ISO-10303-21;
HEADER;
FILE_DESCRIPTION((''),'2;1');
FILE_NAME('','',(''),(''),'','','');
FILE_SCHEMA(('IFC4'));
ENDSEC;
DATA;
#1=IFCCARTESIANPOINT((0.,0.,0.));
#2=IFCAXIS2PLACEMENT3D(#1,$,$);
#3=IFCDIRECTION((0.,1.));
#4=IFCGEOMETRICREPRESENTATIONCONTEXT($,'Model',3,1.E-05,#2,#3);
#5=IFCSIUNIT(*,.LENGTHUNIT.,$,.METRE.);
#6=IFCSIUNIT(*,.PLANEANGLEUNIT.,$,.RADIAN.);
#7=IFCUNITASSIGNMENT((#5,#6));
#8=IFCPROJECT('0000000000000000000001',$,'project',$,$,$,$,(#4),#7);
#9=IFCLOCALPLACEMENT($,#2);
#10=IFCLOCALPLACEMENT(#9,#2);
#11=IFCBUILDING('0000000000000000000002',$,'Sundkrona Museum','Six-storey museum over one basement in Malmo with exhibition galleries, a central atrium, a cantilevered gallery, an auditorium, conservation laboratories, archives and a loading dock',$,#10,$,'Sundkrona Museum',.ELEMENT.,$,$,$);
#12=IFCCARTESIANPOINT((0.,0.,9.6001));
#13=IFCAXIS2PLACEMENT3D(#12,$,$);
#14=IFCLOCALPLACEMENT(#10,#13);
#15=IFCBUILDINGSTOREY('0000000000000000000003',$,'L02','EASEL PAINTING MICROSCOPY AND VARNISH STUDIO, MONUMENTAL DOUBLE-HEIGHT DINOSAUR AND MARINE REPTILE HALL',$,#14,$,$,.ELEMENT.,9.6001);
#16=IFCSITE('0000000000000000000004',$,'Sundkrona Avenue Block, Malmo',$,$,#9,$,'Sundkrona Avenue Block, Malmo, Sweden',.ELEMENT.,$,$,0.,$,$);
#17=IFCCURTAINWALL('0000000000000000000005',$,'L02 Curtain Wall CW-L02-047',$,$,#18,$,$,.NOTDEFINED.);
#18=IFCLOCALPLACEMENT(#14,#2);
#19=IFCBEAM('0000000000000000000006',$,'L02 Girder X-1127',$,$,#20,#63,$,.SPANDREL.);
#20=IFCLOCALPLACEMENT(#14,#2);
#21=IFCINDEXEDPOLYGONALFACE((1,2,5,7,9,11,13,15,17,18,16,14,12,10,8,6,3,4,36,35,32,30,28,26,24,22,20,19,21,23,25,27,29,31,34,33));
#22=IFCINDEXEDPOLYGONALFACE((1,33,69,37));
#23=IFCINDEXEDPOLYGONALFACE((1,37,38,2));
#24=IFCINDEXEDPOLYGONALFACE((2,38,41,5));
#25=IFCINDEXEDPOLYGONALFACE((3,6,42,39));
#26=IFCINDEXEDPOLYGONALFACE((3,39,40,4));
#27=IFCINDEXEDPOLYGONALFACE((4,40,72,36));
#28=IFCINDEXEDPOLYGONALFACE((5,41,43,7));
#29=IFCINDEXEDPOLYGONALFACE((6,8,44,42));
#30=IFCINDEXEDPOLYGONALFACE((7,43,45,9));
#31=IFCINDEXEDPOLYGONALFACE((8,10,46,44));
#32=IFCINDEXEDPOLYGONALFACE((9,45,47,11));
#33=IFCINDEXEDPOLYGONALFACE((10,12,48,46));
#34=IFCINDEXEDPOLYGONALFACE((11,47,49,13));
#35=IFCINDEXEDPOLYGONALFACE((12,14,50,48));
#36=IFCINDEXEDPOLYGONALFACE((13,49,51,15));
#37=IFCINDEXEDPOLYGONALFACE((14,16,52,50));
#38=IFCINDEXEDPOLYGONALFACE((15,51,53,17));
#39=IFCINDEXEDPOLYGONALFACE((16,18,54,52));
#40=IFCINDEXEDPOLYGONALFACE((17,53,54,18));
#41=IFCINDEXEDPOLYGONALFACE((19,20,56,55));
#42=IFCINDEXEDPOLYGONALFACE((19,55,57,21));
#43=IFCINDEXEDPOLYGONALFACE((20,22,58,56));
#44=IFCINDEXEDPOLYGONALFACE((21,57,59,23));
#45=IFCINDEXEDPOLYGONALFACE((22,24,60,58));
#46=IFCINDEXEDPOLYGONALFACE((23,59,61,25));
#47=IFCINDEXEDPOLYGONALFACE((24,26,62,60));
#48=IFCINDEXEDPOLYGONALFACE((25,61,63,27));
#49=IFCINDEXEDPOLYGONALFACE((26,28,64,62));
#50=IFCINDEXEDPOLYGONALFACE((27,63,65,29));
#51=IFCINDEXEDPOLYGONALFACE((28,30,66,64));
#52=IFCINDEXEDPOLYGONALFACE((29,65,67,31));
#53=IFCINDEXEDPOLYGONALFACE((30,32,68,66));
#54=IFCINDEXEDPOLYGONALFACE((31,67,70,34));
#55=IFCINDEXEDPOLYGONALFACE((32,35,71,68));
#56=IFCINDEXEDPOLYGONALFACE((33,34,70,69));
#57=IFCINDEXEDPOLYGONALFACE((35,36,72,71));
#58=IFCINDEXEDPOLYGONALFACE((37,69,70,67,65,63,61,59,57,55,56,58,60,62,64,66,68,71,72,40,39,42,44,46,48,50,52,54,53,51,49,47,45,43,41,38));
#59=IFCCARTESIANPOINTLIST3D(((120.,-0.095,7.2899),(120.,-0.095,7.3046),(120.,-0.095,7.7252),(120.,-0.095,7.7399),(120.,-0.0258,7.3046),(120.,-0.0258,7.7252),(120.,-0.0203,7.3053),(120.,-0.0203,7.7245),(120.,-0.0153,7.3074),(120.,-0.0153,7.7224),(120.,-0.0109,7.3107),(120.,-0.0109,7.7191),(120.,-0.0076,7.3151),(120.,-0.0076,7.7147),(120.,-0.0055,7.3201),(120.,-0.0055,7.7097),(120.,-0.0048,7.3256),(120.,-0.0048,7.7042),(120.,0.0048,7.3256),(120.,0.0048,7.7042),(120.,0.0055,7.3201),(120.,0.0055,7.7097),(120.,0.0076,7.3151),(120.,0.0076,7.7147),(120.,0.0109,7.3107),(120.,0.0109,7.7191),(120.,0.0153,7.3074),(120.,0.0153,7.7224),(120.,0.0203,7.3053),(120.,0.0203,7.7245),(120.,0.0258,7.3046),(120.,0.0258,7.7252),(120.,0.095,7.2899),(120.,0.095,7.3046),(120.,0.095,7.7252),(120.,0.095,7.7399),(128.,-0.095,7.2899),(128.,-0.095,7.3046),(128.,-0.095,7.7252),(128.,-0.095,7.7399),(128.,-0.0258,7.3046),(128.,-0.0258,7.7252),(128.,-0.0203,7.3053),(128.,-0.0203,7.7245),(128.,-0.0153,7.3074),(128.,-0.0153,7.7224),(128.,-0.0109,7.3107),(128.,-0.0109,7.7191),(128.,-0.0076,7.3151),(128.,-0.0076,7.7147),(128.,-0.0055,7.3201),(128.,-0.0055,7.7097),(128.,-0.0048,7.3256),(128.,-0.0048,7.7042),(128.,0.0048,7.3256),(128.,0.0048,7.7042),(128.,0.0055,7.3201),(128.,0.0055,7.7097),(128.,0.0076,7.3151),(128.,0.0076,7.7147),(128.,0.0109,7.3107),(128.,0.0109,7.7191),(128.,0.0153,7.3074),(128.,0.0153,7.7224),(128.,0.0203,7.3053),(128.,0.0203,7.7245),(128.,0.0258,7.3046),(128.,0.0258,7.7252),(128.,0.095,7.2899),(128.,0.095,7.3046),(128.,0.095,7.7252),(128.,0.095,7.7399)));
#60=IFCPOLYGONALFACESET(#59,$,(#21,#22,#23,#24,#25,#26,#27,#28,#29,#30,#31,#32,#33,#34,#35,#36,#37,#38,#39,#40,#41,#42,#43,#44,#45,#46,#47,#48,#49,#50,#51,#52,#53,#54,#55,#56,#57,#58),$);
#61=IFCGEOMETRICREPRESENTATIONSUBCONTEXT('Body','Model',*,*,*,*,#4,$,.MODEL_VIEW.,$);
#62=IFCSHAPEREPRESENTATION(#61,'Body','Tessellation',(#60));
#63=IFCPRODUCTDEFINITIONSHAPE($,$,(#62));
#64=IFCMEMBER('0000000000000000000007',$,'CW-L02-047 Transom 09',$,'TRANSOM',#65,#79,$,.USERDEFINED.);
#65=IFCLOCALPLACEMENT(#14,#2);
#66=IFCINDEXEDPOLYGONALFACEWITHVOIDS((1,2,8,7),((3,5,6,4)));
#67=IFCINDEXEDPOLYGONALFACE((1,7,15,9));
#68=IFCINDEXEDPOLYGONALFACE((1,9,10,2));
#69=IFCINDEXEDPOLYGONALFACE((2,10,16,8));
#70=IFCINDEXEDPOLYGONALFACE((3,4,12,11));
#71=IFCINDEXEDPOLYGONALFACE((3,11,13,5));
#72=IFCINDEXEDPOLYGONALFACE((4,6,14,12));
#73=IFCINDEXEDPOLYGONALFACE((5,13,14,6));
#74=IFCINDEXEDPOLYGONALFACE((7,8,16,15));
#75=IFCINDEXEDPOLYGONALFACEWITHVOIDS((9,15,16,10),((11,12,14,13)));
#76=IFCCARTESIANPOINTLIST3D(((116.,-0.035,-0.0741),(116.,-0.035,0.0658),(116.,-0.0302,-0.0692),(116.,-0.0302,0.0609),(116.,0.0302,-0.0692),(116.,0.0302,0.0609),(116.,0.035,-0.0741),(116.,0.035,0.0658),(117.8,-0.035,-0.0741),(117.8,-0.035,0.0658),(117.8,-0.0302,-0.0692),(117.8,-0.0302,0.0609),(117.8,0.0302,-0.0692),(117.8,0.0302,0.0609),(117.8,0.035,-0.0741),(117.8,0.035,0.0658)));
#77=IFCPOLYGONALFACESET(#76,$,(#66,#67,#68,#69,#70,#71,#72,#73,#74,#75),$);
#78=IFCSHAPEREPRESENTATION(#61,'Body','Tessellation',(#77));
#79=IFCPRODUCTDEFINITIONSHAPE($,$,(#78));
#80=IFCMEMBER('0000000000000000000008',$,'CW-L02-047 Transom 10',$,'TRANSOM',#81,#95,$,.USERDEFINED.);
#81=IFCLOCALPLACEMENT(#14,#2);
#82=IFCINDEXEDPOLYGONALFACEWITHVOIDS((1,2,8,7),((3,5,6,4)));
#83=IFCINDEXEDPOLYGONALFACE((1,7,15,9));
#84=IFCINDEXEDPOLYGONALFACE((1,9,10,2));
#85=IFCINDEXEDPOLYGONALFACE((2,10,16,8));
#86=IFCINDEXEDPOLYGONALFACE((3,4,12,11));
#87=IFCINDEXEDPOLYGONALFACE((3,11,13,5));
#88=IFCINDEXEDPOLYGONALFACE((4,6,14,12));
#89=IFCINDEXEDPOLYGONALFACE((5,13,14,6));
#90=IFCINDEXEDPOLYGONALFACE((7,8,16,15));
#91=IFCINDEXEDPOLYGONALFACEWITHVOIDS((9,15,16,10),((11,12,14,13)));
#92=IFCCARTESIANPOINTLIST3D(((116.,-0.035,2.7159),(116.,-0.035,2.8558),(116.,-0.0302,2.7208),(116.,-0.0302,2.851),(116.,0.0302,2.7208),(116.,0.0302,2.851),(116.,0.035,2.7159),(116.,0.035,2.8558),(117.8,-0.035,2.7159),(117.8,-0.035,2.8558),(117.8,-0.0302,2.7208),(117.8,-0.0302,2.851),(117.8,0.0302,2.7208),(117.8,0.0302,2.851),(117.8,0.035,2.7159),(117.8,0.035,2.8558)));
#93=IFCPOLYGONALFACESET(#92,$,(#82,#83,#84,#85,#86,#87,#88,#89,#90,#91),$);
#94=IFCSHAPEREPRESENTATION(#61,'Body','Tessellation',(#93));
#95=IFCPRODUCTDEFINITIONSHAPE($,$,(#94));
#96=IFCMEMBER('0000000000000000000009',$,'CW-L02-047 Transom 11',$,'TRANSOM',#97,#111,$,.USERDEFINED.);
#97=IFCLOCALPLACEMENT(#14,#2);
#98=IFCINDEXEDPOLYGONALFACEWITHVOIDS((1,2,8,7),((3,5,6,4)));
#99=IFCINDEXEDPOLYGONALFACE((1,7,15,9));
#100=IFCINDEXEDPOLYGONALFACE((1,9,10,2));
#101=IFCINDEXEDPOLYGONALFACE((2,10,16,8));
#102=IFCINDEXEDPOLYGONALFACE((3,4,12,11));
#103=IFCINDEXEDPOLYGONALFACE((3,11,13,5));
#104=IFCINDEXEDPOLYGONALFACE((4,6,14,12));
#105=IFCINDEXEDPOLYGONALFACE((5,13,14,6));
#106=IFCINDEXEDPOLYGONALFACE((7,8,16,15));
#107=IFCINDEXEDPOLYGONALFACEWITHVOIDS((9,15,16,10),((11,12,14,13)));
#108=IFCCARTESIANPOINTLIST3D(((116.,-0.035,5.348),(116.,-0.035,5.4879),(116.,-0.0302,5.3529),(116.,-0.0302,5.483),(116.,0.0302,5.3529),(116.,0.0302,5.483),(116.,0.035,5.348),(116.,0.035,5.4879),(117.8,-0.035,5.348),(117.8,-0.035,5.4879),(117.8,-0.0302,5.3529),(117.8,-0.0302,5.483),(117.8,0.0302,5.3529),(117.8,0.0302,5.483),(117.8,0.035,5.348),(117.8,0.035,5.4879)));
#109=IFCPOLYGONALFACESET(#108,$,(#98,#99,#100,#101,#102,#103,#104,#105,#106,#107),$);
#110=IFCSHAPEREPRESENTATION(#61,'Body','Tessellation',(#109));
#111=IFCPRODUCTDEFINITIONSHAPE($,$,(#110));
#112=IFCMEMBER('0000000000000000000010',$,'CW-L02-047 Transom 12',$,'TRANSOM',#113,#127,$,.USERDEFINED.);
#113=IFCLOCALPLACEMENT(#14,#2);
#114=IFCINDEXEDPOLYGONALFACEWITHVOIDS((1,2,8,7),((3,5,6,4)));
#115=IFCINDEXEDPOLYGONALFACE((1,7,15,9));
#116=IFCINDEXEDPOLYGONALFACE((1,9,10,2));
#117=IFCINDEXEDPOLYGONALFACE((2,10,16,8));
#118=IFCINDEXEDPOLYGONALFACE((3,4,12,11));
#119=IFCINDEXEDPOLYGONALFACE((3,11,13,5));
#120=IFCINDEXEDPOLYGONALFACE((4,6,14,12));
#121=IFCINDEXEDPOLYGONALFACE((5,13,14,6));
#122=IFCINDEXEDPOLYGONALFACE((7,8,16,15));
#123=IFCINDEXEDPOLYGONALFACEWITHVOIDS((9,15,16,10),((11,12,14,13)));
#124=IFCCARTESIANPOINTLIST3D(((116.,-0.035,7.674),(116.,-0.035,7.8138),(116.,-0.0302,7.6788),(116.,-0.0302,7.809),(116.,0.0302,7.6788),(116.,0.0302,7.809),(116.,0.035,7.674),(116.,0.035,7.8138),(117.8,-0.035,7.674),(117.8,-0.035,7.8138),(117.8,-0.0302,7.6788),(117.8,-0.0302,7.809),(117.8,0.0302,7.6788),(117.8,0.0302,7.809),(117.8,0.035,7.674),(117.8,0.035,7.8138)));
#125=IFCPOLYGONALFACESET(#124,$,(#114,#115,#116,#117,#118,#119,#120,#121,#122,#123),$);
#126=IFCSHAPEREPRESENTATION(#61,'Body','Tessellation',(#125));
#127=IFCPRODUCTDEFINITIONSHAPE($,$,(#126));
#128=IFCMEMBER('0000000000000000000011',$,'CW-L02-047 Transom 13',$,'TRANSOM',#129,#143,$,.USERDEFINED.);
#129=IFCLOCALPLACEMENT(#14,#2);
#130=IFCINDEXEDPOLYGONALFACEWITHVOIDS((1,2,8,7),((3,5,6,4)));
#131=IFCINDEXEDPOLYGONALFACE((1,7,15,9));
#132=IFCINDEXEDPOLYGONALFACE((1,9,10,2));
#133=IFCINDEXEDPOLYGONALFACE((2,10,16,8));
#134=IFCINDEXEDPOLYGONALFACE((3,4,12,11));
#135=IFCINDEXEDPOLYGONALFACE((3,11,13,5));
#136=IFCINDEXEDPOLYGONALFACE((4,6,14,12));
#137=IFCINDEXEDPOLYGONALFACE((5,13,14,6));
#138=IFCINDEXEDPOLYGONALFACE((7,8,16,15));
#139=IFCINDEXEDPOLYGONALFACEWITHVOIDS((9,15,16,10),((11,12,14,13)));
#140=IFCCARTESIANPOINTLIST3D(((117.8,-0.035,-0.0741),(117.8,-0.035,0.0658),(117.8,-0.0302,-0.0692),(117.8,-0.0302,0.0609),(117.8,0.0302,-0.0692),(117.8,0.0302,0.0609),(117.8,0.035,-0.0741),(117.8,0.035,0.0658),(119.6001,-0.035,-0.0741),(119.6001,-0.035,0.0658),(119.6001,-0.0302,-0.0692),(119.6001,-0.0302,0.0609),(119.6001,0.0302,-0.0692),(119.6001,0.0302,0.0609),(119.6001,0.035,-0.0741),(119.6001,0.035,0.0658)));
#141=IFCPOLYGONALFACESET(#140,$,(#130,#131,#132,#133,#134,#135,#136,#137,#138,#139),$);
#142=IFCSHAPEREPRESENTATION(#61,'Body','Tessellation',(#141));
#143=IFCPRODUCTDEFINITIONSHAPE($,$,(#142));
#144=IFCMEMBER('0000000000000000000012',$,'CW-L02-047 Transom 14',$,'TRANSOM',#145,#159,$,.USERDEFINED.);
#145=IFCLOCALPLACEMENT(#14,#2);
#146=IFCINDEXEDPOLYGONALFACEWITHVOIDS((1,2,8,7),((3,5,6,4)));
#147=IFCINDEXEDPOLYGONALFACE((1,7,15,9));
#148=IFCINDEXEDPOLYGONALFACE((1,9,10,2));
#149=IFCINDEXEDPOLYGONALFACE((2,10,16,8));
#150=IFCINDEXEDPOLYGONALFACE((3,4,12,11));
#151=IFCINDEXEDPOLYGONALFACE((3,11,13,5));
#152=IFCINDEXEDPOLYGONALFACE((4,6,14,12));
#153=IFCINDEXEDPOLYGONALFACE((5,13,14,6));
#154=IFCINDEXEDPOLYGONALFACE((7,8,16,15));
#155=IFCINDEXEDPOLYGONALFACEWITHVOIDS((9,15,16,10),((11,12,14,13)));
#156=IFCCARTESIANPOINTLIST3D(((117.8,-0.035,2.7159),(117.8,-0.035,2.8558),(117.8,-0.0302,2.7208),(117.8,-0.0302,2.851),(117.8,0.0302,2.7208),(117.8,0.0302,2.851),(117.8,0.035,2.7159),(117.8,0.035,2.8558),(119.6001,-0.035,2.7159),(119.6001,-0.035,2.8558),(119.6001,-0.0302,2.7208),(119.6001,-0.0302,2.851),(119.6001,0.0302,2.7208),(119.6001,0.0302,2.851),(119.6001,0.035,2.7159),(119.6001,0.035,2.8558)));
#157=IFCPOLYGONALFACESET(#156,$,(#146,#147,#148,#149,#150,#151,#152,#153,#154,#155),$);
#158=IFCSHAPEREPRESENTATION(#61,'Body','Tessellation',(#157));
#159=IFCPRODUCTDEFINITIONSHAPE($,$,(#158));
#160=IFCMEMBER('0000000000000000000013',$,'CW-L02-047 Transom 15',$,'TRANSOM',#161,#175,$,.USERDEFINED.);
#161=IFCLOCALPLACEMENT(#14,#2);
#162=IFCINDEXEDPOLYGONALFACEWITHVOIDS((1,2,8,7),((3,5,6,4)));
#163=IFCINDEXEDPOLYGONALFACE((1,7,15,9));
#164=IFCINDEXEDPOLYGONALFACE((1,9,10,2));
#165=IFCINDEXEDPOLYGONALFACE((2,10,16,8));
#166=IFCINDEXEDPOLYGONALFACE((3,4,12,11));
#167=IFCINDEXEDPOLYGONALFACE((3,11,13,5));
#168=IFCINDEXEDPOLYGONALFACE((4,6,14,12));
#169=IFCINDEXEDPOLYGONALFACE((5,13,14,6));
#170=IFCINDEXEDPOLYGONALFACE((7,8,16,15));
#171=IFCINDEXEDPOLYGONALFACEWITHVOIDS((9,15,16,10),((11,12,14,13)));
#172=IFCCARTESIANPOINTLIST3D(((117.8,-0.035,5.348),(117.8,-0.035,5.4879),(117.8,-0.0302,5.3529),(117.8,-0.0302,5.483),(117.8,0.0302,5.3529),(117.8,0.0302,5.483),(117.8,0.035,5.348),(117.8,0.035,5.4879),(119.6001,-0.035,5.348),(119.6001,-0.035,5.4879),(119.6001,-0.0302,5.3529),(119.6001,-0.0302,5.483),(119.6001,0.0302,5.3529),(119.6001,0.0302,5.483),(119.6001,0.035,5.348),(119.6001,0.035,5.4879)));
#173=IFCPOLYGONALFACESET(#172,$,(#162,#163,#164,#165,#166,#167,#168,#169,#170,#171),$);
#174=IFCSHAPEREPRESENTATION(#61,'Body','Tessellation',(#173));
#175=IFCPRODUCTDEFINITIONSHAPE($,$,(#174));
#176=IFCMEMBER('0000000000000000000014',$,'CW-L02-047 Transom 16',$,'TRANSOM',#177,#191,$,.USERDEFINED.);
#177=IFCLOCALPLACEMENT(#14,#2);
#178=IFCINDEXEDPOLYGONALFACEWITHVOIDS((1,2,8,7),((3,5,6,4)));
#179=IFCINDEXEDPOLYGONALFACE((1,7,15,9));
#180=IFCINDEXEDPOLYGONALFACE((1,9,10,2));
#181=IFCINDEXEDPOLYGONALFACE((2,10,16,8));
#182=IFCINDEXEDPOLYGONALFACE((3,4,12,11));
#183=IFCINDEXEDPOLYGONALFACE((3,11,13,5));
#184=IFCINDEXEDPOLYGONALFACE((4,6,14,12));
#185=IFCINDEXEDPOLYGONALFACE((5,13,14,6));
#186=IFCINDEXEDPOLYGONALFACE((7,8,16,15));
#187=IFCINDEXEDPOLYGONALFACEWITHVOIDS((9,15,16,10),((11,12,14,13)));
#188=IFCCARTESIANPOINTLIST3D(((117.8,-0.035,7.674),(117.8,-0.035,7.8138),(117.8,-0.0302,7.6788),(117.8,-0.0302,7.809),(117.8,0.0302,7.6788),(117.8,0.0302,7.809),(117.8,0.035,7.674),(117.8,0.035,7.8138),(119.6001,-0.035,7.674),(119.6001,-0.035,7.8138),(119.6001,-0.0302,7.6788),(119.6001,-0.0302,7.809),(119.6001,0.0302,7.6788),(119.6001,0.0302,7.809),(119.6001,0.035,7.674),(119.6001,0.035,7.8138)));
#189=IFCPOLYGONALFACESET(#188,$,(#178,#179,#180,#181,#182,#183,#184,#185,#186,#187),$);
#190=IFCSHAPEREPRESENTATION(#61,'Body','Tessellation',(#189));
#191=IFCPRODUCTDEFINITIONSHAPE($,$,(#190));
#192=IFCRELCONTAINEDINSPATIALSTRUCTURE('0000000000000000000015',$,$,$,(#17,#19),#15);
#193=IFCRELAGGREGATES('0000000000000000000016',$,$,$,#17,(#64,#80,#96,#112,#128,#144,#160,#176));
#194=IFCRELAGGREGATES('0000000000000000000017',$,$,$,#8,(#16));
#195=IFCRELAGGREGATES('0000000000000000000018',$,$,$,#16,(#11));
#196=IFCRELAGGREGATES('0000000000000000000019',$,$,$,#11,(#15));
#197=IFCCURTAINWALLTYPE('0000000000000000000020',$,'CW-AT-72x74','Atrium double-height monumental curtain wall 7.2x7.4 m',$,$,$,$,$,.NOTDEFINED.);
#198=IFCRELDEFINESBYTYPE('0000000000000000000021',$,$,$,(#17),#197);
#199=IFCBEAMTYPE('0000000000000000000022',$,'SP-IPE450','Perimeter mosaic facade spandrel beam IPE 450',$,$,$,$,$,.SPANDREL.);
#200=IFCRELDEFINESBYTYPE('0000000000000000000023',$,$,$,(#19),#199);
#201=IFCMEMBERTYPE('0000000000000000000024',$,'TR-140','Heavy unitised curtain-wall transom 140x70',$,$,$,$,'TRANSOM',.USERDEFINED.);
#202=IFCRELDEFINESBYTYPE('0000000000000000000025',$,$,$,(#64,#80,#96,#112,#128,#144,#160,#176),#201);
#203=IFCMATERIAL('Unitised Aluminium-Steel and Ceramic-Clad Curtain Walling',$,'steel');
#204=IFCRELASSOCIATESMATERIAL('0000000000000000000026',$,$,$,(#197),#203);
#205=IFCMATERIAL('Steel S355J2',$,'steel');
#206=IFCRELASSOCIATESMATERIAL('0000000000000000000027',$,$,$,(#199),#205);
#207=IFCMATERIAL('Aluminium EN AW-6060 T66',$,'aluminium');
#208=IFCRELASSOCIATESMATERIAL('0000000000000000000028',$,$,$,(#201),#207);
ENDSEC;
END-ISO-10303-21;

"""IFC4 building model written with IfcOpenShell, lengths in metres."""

from ifc_helpers import new_model, si_unit, direction, frame, origin, origin_2d, place, context, subcontext, project, spatial, hollow_rectangle, i_section, extrude, material, material_profile, profile_set, type_object, element, aggregate, save


model = new_model("IFC4")

# Units and contexts
model_context = context("Model", 3, precision=1e-05, world=origin(), true_north=direction((0.0, 1.0)))
body_context = subcontext(model_context, "Body", "Model", "MODEL_VIEW")
ifc_project = project(units=[si_unit("LENGTHUNIT", "METRE"), si_unit("PLANEANGLEUNIT", "RADIAN")], contexts=[model_context])

# Site, building, storey
site_placement = place(None, origin())
site = spatial("IfcSite", under=ifc_project, at=site_placement, Name="Sundkrona Avenue Block, Malmo", LongName="Sundkrona Avenue Block, Malmo, Sweden", CompositionType="ELEMENT", RefElevation=0.0)
building_placement = place(site_placement, origin())
building = spatial("IfcBuilding", under=site, at=building_placement, Name="Sundkrona Museum", Description="Six-storey museum over one basement in Malmo with exhibition galleries, a central atrium, a cantilevered gallery, an auditorium, conservation laboratories, archives and a loading dock", LongName="Sundkrona Museum", CompositionType="ELEMENT")
storey_placement = place(building_placement, frame((0.0, 0.0, 9.6001)))
storey = spatial("IfcBuildingStorey", under=building, at=storey_placement, Name="L02", Description="EASEL PAINTING MICROSCOPY AND VARNISH STUDIO, MONUMENTAL DOUBLE-HEIGHT DINOSAUR AND MARINE REPTILE HALL", CompositionType="ELEMENT", Elevation=9.6001)

# Shared definitions
ifc_material_1 = material(Name="Steel S355J2", Category="steel")

# Curtain wall
ifc_material_2 = material(Name="Unitised Aluminium-Steel and Ceramic-Clad Curtain Walling", Category="steel")
curtain_wall_type = type_object("IfcCurtainWallType", Name="CW-AT-72x74", Description="Atrium double-height monumental curtain wall 7.2x7.4 m", PredefinedType="NOTDEFINED", material=ifc_material_2)
curtain_wall_placement = place(storey_placement, origin())
curtain_wall = element("IfcCurtainWall", 1, at=curtain_wall_placement, inside=storey, type_object=curtain_wall_type, Name="L02 Curtain Wall CW-L02-047", PredefinedType="NOTDEFINED")
ifc_material_3 = material(Name="Aluminium EN AW-6060 T66", Category="aluminium")

# Beam
ifc_material_profile_1 = material_profile(ifc_material_1, i_section(OverallWidth=0.1899, OverallDepth=0.45, WebThickness=0.0095, FlangeThickness=0.0146, FilletRadius=0.021, at=origin_2d()), Name="IPE 450")
ifc_profile_set_1 = profile_set([ifc_material_profile_1], Name="Steel S355J2")
beam_type_1 = type_object("IfcBeamType", Name="SP-IPE450", Description="Perimeter mosaic facade spandrel beam IPE 450", PredefinedType="SPANDREL", material=ifc_profile_set_1)
beam_1_placement = place(storey_placement, frame((120.0, 0.0, 7.5149), z_axis=(1.0, 0.0, 0.0), x_axis=(0.0, 1.0, 0.0)))
element("IfcBeam", 2, at=beam_1_placement, inside=storey, type_object=beam_type_1, Name="L02 Girder X-1127", PredefinedType="SPANDREL", context=body_context, shape_type="SweptSolid", body=[
    extrude(i_section(OverallWidth=0.1899, OverallDepth=0.45, WebThickness=0.0095, FlangeThickness=0.0146, FilletRadius=0.021, at=origin_2d()), origin(), (0.0, 0.0, 1.0), 8.0),
])

# Members
ifc_material_profile_2 = material_profile(ifc_material_3, hollow_rectangle(XDim=0.0701, YDim=0.1399, WallThickness=0.0049, at=origin_2d()), Name="RHS 140x70x5.0")
ifc_profile_set_2 = profile_set([ifc_material_profile_2], Name="Aluminium EN AW-6060 T66")
member_type_1 = type_object("IfcMemberType", Name="TR-140", Description="Heavy unitised curtain-wall transom 140x70", ElementType="TRANSOM", PredefinedType="USERDEFINED", material=ifc_profile_set_2)
member_1_placement = place(storey_placement, frame((116.0, 0.0, -0.0042), z_axis=(1.0, 0.0, 0.0), x_axis=(0.0, 1.0, 0.0)))
member_1 = element("IfcMember", 3, at=member_1_placement, type_object=member_type_1, Name="CW-L02-047 Transom 09", ObjectType="TRANSOM", PredefinedType="USERDEFINED", context=body_context, shape_type="SweptSolid", body=[
    extrude(hollow_rectangle(XDim=0.0701, YDim=0.1399, WallThickness=0.0049, at=origin_2d()), origin(), (0.0, 0.0, 1.0), 1.8),
])
member_2_placement = place(storey_placement, frame((116.0, 0.0, 2.7859), z_axis=(1.0, 0.0, 0.0), x_axis=(0.0, 1.0, 0.0)))
member_2 = element("IfcMember", 4, at=member_2_placement, type_object=member_type_1, Name="CW-L02-047 Transom 10", ObjectType="TRANSOM", PredefinedType="USERDEFINED", context=body_context, shape_type="SweptSolid", body=[
    extrude(hollow_rectangle(XDim=0.0701, YDim=0.1399, WallThickness=0.0049, at=origin_2d()), origin(), (0.0, 0.0, 1.0), 1.8),
])
member_3_placement = place(storey_placement, frame((116.0, 0.0, 5.418), z_axis=(1.0, 0.0, 0.0), x_axis=(0.0, 1.0, 0.0)))
member_3 = element("IfcMember", 5, at=member_3_placement, type_object=member_type_1, Name="CW-L02-047 Transom 11", ObjectType="TRANSOM", PredefinedType="USERDEFINED", context=body_context, shape_type="SweptSolid", body=[
    extrude(hollow_rectangle(XDim=0.0701, YDim=0.1399, WallThickness=0.0049, at=origin_2d()), origin(), (0.0, 0.0, 1.0), 1.8),
])
member_4_placement = place(storey_placement, frame((116.0, 0.0, 7.7439), z_axis=(1.0, 0.0, 0.0), x_axis=(0.0, 1.0, 0.0)))
member_4 = element("IfcMember", 6, at=member_4_placement, type_object=member_type_1, Name="CW-L02-047 Transom 12", ObjectType="TRANSOM", PredefinedType="USERDEFINED", context=body_context, shape_type="SweptSolid", body=[
    extrude(hollow_rectangle(XDim=0.0701, YDim=0.1399, WallThickness=0.0049, at=origin_2d()), origin(), (0.0, 0.0, 1.0), 1.8),
])
member_5_placement = place(storey_placement, frame((117.8, 0.0, -0.0042), z_axis=(1.0, 0.0, 0.0), x_axis=(0.0, 1.0, 0.0)))
member_5 = element("IfcMember", 7, at=member_5_placement, type_object=member_type_1, Name="CW-L02-047 Transom 13", ObjectType="TRANSOM", PredefinedType="USERDEFINED", context=body_context, shape_type="SweptSolid", body=[
    extrude(hollow_rectangle(XDim=0.0701, YDim=0.1399, WallThickness=0.0049, at=origin_2d()), origin(), (0.0, 0.0, 1.0), 1.8),
])
member_6_placement = place(storey_placement, frame((117.8, 0.0, 2.7859), z_axis=(1.0, 0.0, 0.0), x_axis=(0.0, 1.0, 0.0)))
member_6 = element("IfcMember", 8, at=member_6_placement, type_object=member_type_1, Name="CW-L02-047 Transom 14", ObjectType="TRANSOM", PredefinedType="USERDEFINED", context=body_context, shape_type="SweptSolid", body=[
    extrude(hollow_rectangle(XDim=0.0701, YDim=0.1399, WallThickness=0.0049, at=origin_2d()), origin(), (0.0, 0.0, 1.0), 1.8),
])
member_7_placement = place(storey_placement, frame((117.8, 0.0, 5.418), z_axis=(1.0, 0.0, 0.0), x_axis=(0.0, 1.0, 0.0)))
member_7 = element("IfcMember", 9, at=member_7_placement, type_object=member_type_1, Name="CW-L02-047 Transom 15", ObjectType="TRANSOM", PredefinedType="USERDEFINED", context=body_context, shape_type="SweptSolid", body=[
    extrude(hollow_rectangle(XDim=0.0701, YDim=0.1399, WallThickness=0.0049, at=origin_2d()), origin(), (0.0, 0.0, 1.0), 1.8),
])
member_8_placement = place(storey_placement, frame((117.8, 0.0, 7.7439), z_axis=(1.0, 0.0, 0.0), x_axis=(0.0, 1.0, 0.0)))
member_8 = element("IfcMember", 10, at=member_8_placement, type_object=member_type_1, Name="CW-L02-047 Transom 16", ObjectType="TRANSOM", PredefinedType="USERDEFINED", context=body_context, shape_type="SweptSolid", body=[
    extrude(hollow_rectangle(XDim=0.0701, YDim=0.1399, WallThickness=0.0049, at=origin_2d()), origin(), (0.0, 0.0, 1.0), 1.8),
])

aggregate(curtain_wall, [member_1, member_2, member_3, member_4, member_5, member_6, member_7, member_8])

save(model, "model.ifc")
